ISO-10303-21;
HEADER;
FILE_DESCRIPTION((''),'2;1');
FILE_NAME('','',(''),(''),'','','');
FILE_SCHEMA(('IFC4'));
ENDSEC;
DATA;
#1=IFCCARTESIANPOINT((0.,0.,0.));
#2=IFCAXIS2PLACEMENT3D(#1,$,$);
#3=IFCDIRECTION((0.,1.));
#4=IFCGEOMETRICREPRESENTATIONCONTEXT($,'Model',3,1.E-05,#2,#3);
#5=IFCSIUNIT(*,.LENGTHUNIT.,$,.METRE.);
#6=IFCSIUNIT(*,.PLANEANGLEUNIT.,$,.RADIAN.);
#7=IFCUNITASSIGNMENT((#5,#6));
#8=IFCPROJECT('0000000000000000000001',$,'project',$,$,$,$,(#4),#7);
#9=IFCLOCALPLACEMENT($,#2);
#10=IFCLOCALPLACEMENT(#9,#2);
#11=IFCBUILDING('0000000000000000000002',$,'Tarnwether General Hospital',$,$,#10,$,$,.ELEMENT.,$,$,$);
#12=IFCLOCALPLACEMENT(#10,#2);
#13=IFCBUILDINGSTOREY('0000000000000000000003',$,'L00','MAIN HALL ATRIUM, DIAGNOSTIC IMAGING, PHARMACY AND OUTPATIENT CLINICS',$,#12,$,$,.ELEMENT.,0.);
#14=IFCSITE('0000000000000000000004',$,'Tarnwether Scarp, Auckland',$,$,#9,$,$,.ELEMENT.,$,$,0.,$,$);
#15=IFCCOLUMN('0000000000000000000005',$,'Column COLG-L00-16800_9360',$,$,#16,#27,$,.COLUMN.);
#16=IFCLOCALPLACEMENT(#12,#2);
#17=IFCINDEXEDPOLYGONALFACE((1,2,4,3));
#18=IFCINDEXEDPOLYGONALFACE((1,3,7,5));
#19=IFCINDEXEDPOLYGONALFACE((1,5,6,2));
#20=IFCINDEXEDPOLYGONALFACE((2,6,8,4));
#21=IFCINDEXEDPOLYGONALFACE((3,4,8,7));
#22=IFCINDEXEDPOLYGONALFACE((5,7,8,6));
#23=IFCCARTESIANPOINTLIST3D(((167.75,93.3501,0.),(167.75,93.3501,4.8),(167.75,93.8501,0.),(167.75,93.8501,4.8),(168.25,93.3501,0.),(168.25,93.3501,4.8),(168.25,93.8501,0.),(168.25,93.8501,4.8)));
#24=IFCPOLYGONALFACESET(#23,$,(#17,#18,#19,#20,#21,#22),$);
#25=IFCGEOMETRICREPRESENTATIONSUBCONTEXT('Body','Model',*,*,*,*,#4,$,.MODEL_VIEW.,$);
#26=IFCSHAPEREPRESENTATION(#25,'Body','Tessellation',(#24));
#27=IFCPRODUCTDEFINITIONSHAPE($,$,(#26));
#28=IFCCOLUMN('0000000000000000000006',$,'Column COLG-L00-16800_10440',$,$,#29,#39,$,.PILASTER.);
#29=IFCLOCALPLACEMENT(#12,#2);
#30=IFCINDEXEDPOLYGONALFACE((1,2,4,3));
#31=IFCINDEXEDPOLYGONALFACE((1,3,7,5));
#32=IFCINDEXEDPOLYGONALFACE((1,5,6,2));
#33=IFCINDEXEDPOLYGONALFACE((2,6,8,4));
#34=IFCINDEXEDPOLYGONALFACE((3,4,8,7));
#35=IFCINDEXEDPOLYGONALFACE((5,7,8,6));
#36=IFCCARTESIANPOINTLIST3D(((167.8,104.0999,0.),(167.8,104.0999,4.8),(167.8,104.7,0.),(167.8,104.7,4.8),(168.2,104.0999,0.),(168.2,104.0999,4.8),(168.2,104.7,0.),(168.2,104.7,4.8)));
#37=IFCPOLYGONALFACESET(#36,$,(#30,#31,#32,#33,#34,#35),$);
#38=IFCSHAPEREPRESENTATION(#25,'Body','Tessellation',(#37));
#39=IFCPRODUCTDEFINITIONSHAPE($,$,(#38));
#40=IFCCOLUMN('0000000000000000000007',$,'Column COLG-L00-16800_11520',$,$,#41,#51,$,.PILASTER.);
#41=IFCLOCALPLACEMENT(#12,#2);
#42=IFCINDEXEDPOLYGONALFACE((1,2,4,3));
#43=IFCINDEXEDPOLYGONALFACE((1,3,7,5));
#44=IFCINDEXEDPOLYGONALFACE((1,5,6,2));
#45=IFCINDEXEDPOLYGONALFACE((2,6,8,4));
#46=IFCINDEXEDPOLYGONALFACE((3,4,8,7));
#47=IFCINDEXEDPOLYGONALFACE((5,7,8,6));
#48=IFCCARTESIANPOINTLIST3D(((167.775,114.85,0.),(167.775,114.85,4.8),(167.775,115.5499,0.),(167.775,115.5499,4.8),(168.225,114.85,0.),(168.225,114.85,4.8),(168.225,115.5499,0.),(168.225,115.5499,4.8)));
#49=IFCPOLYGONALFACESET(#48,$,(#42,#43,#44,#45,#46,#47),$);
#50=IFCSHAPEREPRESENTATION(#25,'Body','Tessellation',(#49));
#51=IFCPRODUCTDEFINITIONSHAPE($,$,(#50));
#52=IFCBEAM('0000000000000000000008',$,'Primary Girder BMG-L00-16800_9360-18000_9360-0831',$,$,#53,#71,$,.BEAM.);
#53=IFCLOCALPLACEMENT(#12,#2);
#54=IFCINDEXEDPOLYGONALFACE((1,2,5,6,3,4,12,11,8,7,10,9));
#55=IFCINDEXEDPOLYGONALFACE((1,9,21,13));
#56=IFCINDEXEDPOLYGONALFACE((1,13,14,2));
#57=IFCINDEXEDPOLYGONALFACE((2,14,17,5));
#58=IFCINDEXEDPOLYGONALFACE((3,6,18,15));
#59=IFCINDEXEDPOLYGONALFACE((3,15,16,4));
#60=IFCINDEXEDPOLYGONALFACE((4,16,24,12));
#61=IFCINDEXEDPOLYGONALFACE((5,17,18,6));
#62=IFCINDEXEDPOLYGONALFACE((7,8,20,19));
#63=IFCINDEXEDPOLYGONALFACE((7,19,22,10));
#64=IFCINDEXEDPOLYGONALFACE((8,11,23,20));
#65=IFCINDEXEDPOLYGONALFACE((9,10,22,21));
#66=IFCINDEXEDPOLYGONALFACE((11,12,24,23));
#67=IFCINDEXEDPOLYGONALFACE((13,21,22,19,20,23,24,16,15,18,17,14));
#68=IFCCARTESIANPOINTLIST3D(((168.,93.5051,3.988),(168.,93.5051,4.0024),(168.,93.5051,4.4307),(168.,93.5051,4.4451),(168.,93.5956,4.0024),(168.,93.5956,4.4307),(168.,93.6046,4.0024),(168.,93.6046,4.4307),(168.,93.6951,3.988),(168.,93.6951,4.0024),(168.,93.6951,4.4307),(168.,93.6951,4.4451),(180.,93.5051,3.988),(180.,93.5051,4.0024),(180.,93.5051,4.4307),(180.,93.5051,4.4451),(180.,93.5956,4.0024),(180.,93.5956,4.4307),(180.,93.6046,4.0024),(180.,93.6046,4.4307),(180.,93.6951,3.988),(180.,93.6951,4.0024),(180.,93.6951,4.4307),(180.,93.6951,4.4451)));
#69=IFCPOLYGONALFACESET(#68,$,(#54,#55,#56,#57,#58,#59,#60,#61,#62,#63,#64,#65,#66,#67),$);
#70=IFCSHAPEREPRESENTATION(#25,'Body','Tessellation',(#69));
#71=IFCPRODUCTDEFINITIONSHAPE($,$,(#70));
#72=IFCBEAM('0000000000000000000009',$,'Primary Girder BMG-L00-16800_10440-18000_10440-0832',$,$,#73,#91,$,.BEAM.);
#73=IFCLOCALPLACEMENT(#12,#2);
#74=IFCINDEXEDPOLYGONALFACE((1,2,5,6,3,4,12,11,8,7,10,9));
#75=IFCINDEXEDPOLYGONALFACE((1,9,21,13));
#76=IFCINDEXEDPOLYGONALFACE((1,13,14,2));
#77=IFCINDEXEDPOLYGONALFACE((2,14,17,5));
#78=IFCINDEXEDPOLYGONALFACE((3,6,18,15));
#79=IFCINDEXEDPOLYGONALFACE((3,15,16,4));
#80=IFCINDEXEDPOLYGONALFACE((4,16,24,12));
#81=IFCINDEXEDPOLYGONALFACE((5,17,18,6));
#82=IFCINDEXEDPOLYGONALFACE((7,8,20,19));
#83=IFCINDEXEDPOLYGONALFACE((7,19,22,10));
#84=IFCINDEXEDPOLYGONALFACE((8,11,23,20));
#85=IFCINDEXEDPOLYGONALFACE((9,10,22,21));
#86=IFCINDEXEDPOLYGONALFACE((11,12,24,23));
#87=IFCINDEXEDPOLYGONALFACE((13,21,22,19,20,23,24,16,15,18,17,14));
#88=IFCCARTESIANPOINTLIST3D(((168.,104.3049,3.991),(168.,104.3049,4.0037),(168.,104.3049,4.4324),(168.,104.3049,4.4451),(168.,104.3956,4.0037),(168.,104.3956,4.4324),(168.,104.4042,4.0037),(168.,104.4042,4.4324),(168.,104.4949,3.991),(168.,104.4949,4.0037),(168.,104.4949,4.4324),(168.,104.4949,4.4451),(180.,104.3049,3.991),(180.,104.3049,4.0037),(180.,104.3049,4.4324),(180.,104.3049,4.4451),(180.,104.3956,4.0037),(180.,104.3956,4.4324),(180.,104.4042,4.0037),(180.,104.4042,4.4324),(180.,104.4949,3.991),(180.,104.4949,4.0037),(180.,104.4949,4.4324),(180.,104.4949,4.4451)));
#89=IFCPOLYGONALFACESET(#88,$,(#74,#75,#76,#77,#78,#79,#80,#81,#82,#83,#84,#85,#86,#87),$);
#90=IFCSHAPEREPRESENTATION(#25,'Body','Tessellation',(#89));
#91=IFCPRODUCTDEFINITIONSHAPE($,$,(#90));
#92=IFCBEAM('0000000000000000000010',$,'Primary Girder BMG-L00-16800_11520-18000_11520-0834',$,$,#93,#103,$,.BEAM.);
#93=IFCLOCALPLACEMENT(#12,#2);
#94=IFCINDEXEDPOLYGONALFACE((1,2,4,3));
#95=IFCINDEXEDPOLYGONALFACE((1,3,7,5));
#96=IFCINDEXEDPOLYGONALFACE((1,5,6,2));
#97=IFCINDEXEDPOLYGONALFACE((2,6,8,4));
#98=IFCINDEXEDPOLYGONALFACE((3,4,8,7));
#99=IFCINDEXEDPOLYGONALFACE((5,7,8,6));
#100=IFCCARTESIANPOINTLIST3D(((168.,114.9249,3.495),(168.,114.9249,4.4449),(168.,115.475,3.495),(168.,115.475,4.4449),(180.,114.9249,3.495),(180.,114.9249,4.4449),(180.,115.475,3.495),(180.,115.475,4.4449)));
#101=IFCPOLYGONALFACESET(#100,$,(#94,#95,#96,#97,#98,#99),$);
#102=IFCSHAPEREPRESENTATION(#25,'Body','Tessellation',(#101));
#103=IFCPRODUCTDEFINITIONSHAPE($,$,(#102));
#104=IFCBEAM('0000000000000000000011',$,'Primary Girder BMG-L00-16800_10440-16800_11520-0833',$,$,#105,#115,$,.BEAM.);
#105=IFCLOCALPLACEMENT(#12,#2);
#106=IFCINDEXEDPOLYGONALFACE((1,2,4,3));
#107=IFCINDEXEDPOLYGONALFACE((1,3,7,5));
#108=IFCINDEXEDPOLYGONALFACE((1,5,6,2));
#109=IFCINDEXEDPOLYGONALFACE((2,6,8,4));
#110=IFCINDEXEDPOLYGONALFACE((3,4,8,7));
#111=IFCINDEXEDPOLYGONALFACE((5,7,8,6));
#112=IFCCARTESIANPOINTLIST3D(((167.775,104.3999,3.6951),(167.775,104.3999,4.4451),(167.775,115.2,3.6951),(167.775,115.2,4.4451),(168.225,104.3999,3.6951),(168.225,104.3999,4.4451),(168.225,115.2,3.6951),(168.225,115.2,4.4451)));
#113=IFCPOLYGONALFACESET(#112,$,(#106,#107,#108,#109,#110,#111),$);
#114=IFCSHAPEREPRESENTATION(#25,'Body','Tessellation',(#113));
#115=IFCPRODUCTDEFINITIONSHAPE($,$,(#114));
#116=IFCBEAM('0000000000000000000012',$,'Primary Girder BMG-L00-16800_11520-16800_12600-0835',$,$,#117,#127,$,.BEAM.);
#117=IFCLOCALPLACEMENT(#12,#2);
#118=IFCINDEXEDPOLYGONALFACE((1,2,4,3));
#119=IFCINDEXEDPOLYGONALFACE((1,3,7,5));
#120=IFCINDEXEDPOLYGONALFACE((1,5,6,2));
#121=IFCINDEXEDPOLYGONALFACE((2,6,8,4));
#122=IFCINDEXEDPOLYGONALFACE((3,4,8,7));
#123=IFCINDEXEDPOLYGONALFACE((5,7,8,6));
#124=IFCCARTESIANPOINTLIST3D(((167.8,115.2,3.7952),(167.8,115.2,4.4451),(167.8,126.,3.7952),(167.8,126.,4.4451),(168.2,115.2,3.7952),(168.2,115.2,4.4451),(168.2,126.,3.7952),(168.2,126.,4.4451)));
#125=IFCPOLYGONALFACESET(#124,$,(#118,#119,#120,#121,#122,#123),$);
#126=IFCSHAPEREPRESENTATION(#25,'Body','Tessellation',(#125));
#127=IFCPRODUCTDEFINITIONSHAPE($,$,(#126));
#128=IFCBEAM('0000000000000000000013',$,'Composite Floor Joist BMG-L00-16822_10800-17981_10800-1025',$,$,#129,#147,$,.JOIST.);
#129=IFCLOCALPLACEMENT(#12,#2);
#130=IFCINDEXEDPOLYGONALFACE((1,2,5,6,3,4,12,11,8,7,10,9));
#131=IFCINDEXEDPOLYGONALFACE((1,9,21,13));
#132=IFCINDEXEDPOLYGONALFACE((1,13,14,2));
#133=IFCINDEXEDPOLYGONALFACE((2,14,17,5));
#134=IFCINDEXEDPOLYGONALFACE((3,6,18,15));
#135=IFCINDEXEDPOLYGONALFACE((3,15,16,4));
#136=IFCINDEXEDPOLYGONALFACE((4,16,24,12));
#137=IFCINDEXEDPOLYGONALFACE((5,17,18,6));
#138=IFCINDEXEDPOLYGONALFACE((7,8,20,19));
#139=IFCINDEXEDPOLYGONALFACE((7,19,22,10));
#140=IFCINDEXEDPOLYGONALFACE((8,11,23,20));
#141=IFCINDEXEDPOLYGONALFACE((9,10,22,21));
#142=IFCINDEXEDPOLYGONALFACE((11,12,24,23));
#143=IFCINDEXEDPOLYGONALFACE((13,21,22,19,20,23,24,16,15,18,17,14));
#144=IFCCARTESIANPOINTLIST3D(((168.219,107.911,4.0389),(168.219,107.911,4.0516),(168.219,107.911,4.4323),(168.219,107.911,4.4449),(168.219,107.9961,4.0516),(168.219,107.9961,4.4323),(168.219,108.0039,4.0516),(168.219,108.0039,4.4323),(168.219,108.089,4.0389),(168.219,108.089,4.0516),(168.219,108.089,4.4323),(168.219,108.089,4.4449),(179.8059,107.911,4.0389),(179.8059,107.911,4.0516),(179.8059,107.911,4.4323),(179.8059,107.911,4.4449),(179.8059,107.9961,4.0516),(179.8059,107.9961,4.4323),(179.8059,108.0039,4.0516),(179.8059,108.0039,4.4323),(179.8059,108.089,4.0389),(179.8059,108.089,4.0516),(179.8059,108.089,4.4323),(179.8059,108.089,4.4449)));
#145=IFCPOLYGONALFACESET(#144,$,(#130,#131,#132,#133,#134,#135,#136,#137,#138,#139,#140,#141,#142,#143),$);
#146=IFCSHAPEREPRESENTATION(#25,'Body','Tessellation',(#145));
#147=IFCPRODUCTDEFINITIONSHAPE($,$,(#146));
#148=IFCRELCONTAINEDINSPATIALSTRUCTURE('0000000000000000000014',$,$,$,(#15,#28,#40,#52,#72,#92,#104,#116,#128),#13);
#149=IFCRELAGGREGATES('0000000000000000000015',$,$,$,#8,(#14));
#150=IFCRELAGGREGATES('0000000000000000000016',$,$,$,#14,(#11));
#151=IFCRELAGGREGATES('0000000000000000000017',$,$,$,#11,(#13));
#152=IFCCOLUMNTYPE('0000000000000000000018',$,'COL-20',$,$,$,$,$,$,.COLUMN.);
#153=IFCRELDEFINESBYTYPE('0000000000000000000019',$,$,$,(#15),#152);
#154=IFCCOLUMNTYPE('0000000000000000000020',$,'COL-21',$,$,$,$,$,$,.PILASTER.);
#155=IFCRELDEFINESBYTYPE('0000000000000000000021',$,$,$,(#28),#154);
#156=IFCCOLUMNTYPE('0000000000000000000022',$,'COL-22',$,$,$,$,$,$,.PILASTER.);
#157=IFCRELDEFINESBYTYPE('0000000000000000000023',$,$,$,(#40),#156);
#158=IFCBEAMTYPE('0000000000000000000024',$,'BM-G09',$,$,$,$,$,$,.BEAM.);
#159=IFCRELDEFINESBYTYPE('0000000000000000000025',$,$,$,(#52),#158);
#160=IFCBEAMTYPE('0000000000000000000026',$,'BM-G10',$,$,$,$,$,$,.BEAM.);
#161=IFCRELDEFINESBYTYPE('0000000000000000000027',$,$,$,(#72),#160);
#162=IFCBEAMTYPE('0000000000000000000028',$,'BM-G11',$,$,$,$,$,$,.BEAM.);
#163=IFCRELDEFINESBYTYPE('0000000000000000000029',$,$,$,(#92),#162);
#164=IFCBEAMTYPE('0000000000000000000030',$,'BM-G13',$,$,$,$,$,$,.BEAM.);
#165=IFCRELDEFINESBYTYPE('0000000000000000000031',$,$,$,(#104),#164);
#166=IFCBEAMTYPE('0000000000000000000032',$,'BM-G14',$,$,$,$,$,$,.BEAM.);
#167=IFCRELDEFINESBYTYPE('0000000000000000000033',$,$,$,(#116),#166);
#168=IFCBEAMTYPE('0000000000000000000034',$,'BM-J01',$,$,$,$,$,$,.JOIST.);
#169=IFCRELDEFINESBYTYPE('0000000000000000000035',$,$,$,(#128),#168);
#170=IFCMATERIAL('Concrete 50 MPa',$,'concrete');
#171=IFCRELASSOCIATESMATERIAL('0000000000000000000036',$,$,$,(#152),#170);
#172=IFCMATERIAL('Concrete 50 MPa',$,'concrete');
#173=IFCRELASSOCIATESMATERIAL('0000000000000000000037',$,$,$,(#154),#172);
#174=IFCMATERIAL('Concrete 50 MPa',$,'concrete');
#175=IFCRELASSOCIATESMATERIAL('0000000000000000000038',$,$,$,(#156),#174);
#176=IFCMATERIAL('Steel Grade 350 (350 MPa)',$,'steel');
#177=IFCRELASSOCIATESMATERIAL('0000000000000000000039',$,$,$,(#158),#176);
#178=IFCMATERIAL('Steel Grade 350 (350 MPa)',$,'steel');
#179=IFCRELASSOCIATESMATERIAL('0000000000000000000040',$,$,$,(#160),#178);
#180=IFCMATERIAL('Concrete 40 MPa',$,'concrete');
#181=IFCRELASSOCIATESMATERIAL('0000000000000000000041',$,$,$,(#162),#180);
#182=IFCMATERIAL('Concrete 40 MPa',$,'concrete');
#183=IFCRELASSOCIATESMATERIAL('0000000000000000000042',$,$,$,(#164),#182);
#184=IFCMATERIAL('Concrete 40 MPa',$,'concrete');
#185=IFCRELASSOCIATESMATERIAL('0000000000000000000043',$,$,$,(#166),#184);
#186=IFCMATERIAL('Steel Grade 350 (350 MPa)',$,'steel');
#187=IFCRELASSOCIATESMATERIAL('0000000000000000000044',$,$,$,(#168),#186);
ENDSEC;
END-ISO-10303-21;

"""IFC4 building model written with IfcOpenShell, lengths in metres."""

from ifc_helpers import new_model, si_unit, direction, frame, origin, origin_2d, place, context, subcontext, project, spatial, rectangle, i_section, extrude, material, material_profile, profile_set, type_object, element, save


model = new_model("IFC4")

# Units and contexts
model_context = context("Model", 3, precision=1e-05, world=origin(), true_north=direction((0.0, 1.0)))
body_context = subcontext(model_context, "Body", "Model", "MODEL_VIEW")
ifc_project = project(units=[si_unit("LENGTHUNIT", "METRE"), si_unit("PLANEANGLEUNIT", "RADIAN")], contexts=[model_context])

# Site, building, storey
site_placement = place(None, origin())
site = spatial("IfcSite", under=ifc_project, at=site_placement, Name="Tarnwether Scarp, Auckland", CompositionType="ELEMENT", RefElevation=0.0)
building_placement = place(site_placement, origin())
building = spatial("IfcBuilding", under=site, at=building_placement, Name="Tarnwether General Hospital", CompositionType="ELEMENT")
storey_placement = place(building_placement, origin())
storey = spatial("IfcBuildingStorey", under=building, at=storey_placement, Name="L00", Description="MAIN HALL ATRIUM, DIAGNOSTIC IMAGING, PHARMACY AND OUTPATIENT CLINICS", CompositionType="ELEMENT", Elevation=0.0)

# Columns
ifc_material_1 = material(Name="Concrete 50 MPa", Category="concrete")
ifc_material_profile_1 = material_profile(ifc_material_1, rectangle(XDim=0.5, YDim=0.5, at=origin_2d()), Name="RC-COL-500x500")
ifc_profile_set_1 = profile_set([ifc_material_profile_1], Name="Concrete 50 MPa")
column_type_1 = type_object("IfcColumnType", Name="COL-20", PredefinedType="COLUMN", material=ifc_profile_set_1)
column_1_placement = place(storey_placement, frame((168.0, 93.6001, 0.0), z_axis=(0.0, 0.0, 1.0), x_axis=(1.0, 0.0, 0.0)))
element("IfcColumn", 1, at=column_1_placement, inside=storey, type_object=column_type_1, Name="Column COLG-L00-16800_9360", PredefinedType="COLUMN", context=body_context, shape_type="SweptSolid", body=[
    extrude(rectangle(XDim=0.5, YDim=0.5, at=origin_2d()), origin(), (0.0, 0.0, 1.0), 4.8),
])
ifc_material_2 = material(Name="Concrete 50 MPa", Category="concrete")
ifc_material_profile_2 = material_profile(ifc_material_2, rectangle(XDim=0.3999, YDim=0.6001, at=origin_2d()), Name="RC-PIL-400x600")
ifc_profile_set_2 = profile_set([ifc_material_profile_2], Name="Concrete 50 MPa")
column_type_2 = type_object("IfcColumnType", Name="COL-21", PredefinedType="PILASTER", material=ifc_profile_set_2)
column_2_placement = place(storey_placement, frame((168.0, 104.3999, 0.0), z_axis=(0.0, 0.0, 1.0), x_axis=(1.0, 0.0, 0.0)))
element("IfcColumn", 2, at=column_2_placement, inside=storey, type_object=column_type_2, Name="Column COLG-L00-16800_10440", PredefinedType="PILASTER", context=body_context, shape_type="SweptSolid", body=[
    extrude(rectangle(XDim=0.3999, YDim=0.6001, at=origin_2d()), origin(), (0.0, 0.0, 1.0), 4.8),
])
ifc_material_3 = material(Name="Concrete 50 MPa", Category="concrete")
ifc_material_profile_3 = material_profile(ifc_material_3, rectangle(XDim=0.45, YDim=0.7, at=origin_2d()), Name="RC-PIL-450x700")
ifc_profile_set_3 = profile_set([ifc_material_profile_3], Name="Concrete 50 MPa")
column_type_3 = type_object("IfcColumnType", Name="COL-22", PredefinedType="PILASTER", material=ifc_profile_set_3)
column_3_placement = place(storey_placement, frame((168.0, 115.2, 0.0), z_axis=(0.0, 0.0, 1.0), x_axis=(1.0, 0.0, 0.0)))
element("IfcColumn", 3, at=column_3_placement, inside=storey, type_object=column_type_3, Name="Column COLG-L00-16800_11520", PredefinedType="PILASTER", context=body_context, shape_type="SweptSolid", body=[
    extrude(rectangle(XDim=0.45, YDim=0.7, at=origin_2d()), origin(), (0.0, 0.0, 1.0), 4.8),
])

# Beams
ifc_material_4 = material(Name="Steel Grade 350 (350 MPa)", Category="steel")
ifc_material_profile_4 = material_profile(ifc_material_4, i_section(OverallWidth=0.1899, OverallDepth=0.457, WebThickness=0.009, FlangeThickness=0.0144, at=origin_2d()), Name="460UB74.6")
ifc_profile_set_4 = profile_set([ifc_material_profile_4], Name="Steel Grade 350 (350 MPa)")
beam_type_1 = type_object("IfcBeamType", Name="BM-G09", PredefinedType="BEAM", material=ifc_profile_set_4)
beam_1_placement = place(storey_placement, frame((168.0, 93.6001, 4.2166), z_axis=(1.0, 0.0, 0.0), x_axis=(0.0, 1.0, 0.0)))
element("IfcBeam", 4, at=beam_1_placement, inside=storey, type_object=beam_type_1, Name="Primary Girder BMG-L00-16800_9360-18000_9360-0831", PredefinedType="BEAM", context=body_context, shape_type="SweptSolid", body=[
    extrude(i_section(OverallWidth=0.1899, OverallDepth=0.457, WebThickness=0.009, FlangeThickness=0.0144, at=origin_2d()), origin(), (0.0, 0.0, 1.0), 12.0),
])
ifc_material_5 = material(Name="Steel Grade 350 (350 MPa)", Category="steel")
ifc_material_profile_5 = material_profile(ifc_material_5, i_section(OverallWidth=0.1899, OverallDepth=0.4541, WebThickness=0.0085, FlangeThickness=0.0127, at=origin_2d()), Name="460UB67.1")
ifc_profile_set_5 = profile_set([ifc_material_profile_5], Name="Steel Grade 350 (350 MPa)")
beam_type_2 = type_object("IfcBeamType", Name="BM-G10", PredefinedType="BEAM", material=ifc_profile_set_5)
beam_2_placement = place(storey_placement, frame((168.0, 104.3999, 4.218), z_axis=(1.0, 0.0, 0.0), x_axis=(0.0, 1.0, 0.0)))
element("IfcBeam", 5, at=beam_2_placement, inside=storey, type_object=beam_type_2, Name="Primary Girder BMG-L00-16800_10440-18000_10440-0832", PredefinedType="BEAM", context=body_context, shape_type="SweptSolid", body=[
    extrude(i_section(OverallWidth=0.1899, OverallDepth=0.4541, WebThickness=0.0085, FlangeThickness=0.0127, at=origin_2d()), origin(), (0.0, 0.0, 1.0), 12.0),
])
ifc_material_6 = material(Name="Concrete 40 MPa", Category="concrete")
ifc_material_profile_6 = material_profile(ifc_material_6, rectangle(XDim=0.55, YDim=0.95, at=origin_2d()), Name="RC-BM-550x950")
ifc_profile_set_6 = profile_set([ifc_material_profile_6], Name="Concrete 40 MPa")
beam_type_3 = type_object("IfcBeamType", Name="BM-G11", PredefinedType="BEAM", material=ifc_profile_set_6)
beam_3_placement = place(storey_placement, frame((168.0, 115.2, 3.97), z_axis=(1.0, 0.0, 0.0), x_axis=(0.0, 1.0, 0.0)))
element("IfcBeam", 6, at=beam_3_placement, inside=storey, type_object=beam_type_3, Name="Primary Girder BMG-L00-16800_11520-18000_11520-0834", PredefinedType="BEAM", context=body_context, shape_type="SweptSolid", body=[
    extrude(rectangle(XDim=0.55, YDim=0.95, at=origin_2d()), origin(), (0.0, 0.0, 1.0), 12.0),
])
ifc_material_7 = material(Name="Concrete 40 MPa", Category="concrete")
ifc_material_profile_7 = material_profile(ifc_material_7, rectangle(XDim=0.45, YDim=0.75, at=origin_2d()), Name="RC-BM-450x750")
ifc_profile_set_7 = profile_set([ifc_material_profile_7], Name="Concrete 40 MPa")
beam_type_4 = type_object("IfcBeamType", Name="BM-G13", PredefinedType="BEAM", material=ifc_profile_set_7)
beam_4_placement = place(storey_placement, frame((168.0, 104.3999, 4.0701), z_axis=(0.0, 1.0, 0.0), x_axis=(-1.0, 0.0, 0.0)))
element("IfcBeam", 7, at=beam_4_placement, inside=storey, type_object=beam_type_4, Name="Primary Girder BMG-L00-16800_10440-16800_11520-0833", PredefinedType="BEAM", context=body_context, shape_type="SweptSolid", body=[
    extrude(rectangle(XDim=0.45, YDim=0.75, at=origin_2d()), origin(), (0.0, 0.0, 1.0), 10.8),
])
ifc_material_8 = material(Name="Concrete 40 MPa", Category="concrete")
ifc_material_profile_8 = material_profile(ifc_material_8, rectangle(XDim=0.3999, YDim=0.6499, at=origin_2d()), Name="RC-BM-400x650")
ifc_profile_set_8 = profile_set([ifc_material_profile_8], Name="Concrete 40 MPa")
beam_type_5 = type_object("IfcBeamType", Name="BM-G14", PredefinedType="BEAM", material=ifc_profile_set_8)
beam_5_placement = place(storey_placement, frame((168.0, 115.2, 4.1201), z_axis=(0.0, 1.0, 0.0), x_axis=(-1.0, 0.0, 0.0)))
element("IfcBeam", 8, at=beam_5_placement, inside=storey, type_object=beam_type_5, Name="Primary Girder BMG-L00-16800_11520-16800_12600-0835", PredefinedType="BEAM", context=body_context, shape_type="SweptSolid", body=[
    extrude(rectangle(XDim=0.3999, YDim=0.6499, at=origin_2d()), origin(), (0.0, 0.0, 1.0), 10.8),
])
ifc_material_9 = material(Name="Steel Grade 350 (350 MPa)", Category="steel")
ifc_material_profile_9 = material_profile(ifc_material_9, i_section(OverallWidth=0.178, OverallDepth=0.406, WebThickness=0.0078, FlangeThickness=0.0127, at=origin_2d()), Name="410UB59.7")
ifc_profile_set_9 = profile_set([ifc_material_profile_9], Name="Steel Grade 350 (350 MPa)")
beam_type_6 = type_object("IfcBeamType", Name="BM-J01", PredefinedType="JOIST", material=ifc_profile_set_9)
beam_6_placement = place(storey_placement, frame((168.219, 108.0, 4.2419), z_axis=(1.0, 0.0, 0.0), x_axis=(0.0, 1.0, 0.0)))
element("IfcBeam", 9, at=beam_6_placement, inside=storey, type_object=beam_type_6, Name="Composite Floor Joist BMG-L00-16822_10800-17981_10800-1025", PredefinedType="JOIST", context=body_context, shape_type="SweptSolid", body=[
    extrude(i_section(OverallWidth=0.178, OverallDepth=0.406, WebThickness=0.0078, FlangeThickness=0.0127, at=origin_2d()), origin(), (0.0, 0.0, 1.0), 11.5869),
])

save(model, "model.ifc")
